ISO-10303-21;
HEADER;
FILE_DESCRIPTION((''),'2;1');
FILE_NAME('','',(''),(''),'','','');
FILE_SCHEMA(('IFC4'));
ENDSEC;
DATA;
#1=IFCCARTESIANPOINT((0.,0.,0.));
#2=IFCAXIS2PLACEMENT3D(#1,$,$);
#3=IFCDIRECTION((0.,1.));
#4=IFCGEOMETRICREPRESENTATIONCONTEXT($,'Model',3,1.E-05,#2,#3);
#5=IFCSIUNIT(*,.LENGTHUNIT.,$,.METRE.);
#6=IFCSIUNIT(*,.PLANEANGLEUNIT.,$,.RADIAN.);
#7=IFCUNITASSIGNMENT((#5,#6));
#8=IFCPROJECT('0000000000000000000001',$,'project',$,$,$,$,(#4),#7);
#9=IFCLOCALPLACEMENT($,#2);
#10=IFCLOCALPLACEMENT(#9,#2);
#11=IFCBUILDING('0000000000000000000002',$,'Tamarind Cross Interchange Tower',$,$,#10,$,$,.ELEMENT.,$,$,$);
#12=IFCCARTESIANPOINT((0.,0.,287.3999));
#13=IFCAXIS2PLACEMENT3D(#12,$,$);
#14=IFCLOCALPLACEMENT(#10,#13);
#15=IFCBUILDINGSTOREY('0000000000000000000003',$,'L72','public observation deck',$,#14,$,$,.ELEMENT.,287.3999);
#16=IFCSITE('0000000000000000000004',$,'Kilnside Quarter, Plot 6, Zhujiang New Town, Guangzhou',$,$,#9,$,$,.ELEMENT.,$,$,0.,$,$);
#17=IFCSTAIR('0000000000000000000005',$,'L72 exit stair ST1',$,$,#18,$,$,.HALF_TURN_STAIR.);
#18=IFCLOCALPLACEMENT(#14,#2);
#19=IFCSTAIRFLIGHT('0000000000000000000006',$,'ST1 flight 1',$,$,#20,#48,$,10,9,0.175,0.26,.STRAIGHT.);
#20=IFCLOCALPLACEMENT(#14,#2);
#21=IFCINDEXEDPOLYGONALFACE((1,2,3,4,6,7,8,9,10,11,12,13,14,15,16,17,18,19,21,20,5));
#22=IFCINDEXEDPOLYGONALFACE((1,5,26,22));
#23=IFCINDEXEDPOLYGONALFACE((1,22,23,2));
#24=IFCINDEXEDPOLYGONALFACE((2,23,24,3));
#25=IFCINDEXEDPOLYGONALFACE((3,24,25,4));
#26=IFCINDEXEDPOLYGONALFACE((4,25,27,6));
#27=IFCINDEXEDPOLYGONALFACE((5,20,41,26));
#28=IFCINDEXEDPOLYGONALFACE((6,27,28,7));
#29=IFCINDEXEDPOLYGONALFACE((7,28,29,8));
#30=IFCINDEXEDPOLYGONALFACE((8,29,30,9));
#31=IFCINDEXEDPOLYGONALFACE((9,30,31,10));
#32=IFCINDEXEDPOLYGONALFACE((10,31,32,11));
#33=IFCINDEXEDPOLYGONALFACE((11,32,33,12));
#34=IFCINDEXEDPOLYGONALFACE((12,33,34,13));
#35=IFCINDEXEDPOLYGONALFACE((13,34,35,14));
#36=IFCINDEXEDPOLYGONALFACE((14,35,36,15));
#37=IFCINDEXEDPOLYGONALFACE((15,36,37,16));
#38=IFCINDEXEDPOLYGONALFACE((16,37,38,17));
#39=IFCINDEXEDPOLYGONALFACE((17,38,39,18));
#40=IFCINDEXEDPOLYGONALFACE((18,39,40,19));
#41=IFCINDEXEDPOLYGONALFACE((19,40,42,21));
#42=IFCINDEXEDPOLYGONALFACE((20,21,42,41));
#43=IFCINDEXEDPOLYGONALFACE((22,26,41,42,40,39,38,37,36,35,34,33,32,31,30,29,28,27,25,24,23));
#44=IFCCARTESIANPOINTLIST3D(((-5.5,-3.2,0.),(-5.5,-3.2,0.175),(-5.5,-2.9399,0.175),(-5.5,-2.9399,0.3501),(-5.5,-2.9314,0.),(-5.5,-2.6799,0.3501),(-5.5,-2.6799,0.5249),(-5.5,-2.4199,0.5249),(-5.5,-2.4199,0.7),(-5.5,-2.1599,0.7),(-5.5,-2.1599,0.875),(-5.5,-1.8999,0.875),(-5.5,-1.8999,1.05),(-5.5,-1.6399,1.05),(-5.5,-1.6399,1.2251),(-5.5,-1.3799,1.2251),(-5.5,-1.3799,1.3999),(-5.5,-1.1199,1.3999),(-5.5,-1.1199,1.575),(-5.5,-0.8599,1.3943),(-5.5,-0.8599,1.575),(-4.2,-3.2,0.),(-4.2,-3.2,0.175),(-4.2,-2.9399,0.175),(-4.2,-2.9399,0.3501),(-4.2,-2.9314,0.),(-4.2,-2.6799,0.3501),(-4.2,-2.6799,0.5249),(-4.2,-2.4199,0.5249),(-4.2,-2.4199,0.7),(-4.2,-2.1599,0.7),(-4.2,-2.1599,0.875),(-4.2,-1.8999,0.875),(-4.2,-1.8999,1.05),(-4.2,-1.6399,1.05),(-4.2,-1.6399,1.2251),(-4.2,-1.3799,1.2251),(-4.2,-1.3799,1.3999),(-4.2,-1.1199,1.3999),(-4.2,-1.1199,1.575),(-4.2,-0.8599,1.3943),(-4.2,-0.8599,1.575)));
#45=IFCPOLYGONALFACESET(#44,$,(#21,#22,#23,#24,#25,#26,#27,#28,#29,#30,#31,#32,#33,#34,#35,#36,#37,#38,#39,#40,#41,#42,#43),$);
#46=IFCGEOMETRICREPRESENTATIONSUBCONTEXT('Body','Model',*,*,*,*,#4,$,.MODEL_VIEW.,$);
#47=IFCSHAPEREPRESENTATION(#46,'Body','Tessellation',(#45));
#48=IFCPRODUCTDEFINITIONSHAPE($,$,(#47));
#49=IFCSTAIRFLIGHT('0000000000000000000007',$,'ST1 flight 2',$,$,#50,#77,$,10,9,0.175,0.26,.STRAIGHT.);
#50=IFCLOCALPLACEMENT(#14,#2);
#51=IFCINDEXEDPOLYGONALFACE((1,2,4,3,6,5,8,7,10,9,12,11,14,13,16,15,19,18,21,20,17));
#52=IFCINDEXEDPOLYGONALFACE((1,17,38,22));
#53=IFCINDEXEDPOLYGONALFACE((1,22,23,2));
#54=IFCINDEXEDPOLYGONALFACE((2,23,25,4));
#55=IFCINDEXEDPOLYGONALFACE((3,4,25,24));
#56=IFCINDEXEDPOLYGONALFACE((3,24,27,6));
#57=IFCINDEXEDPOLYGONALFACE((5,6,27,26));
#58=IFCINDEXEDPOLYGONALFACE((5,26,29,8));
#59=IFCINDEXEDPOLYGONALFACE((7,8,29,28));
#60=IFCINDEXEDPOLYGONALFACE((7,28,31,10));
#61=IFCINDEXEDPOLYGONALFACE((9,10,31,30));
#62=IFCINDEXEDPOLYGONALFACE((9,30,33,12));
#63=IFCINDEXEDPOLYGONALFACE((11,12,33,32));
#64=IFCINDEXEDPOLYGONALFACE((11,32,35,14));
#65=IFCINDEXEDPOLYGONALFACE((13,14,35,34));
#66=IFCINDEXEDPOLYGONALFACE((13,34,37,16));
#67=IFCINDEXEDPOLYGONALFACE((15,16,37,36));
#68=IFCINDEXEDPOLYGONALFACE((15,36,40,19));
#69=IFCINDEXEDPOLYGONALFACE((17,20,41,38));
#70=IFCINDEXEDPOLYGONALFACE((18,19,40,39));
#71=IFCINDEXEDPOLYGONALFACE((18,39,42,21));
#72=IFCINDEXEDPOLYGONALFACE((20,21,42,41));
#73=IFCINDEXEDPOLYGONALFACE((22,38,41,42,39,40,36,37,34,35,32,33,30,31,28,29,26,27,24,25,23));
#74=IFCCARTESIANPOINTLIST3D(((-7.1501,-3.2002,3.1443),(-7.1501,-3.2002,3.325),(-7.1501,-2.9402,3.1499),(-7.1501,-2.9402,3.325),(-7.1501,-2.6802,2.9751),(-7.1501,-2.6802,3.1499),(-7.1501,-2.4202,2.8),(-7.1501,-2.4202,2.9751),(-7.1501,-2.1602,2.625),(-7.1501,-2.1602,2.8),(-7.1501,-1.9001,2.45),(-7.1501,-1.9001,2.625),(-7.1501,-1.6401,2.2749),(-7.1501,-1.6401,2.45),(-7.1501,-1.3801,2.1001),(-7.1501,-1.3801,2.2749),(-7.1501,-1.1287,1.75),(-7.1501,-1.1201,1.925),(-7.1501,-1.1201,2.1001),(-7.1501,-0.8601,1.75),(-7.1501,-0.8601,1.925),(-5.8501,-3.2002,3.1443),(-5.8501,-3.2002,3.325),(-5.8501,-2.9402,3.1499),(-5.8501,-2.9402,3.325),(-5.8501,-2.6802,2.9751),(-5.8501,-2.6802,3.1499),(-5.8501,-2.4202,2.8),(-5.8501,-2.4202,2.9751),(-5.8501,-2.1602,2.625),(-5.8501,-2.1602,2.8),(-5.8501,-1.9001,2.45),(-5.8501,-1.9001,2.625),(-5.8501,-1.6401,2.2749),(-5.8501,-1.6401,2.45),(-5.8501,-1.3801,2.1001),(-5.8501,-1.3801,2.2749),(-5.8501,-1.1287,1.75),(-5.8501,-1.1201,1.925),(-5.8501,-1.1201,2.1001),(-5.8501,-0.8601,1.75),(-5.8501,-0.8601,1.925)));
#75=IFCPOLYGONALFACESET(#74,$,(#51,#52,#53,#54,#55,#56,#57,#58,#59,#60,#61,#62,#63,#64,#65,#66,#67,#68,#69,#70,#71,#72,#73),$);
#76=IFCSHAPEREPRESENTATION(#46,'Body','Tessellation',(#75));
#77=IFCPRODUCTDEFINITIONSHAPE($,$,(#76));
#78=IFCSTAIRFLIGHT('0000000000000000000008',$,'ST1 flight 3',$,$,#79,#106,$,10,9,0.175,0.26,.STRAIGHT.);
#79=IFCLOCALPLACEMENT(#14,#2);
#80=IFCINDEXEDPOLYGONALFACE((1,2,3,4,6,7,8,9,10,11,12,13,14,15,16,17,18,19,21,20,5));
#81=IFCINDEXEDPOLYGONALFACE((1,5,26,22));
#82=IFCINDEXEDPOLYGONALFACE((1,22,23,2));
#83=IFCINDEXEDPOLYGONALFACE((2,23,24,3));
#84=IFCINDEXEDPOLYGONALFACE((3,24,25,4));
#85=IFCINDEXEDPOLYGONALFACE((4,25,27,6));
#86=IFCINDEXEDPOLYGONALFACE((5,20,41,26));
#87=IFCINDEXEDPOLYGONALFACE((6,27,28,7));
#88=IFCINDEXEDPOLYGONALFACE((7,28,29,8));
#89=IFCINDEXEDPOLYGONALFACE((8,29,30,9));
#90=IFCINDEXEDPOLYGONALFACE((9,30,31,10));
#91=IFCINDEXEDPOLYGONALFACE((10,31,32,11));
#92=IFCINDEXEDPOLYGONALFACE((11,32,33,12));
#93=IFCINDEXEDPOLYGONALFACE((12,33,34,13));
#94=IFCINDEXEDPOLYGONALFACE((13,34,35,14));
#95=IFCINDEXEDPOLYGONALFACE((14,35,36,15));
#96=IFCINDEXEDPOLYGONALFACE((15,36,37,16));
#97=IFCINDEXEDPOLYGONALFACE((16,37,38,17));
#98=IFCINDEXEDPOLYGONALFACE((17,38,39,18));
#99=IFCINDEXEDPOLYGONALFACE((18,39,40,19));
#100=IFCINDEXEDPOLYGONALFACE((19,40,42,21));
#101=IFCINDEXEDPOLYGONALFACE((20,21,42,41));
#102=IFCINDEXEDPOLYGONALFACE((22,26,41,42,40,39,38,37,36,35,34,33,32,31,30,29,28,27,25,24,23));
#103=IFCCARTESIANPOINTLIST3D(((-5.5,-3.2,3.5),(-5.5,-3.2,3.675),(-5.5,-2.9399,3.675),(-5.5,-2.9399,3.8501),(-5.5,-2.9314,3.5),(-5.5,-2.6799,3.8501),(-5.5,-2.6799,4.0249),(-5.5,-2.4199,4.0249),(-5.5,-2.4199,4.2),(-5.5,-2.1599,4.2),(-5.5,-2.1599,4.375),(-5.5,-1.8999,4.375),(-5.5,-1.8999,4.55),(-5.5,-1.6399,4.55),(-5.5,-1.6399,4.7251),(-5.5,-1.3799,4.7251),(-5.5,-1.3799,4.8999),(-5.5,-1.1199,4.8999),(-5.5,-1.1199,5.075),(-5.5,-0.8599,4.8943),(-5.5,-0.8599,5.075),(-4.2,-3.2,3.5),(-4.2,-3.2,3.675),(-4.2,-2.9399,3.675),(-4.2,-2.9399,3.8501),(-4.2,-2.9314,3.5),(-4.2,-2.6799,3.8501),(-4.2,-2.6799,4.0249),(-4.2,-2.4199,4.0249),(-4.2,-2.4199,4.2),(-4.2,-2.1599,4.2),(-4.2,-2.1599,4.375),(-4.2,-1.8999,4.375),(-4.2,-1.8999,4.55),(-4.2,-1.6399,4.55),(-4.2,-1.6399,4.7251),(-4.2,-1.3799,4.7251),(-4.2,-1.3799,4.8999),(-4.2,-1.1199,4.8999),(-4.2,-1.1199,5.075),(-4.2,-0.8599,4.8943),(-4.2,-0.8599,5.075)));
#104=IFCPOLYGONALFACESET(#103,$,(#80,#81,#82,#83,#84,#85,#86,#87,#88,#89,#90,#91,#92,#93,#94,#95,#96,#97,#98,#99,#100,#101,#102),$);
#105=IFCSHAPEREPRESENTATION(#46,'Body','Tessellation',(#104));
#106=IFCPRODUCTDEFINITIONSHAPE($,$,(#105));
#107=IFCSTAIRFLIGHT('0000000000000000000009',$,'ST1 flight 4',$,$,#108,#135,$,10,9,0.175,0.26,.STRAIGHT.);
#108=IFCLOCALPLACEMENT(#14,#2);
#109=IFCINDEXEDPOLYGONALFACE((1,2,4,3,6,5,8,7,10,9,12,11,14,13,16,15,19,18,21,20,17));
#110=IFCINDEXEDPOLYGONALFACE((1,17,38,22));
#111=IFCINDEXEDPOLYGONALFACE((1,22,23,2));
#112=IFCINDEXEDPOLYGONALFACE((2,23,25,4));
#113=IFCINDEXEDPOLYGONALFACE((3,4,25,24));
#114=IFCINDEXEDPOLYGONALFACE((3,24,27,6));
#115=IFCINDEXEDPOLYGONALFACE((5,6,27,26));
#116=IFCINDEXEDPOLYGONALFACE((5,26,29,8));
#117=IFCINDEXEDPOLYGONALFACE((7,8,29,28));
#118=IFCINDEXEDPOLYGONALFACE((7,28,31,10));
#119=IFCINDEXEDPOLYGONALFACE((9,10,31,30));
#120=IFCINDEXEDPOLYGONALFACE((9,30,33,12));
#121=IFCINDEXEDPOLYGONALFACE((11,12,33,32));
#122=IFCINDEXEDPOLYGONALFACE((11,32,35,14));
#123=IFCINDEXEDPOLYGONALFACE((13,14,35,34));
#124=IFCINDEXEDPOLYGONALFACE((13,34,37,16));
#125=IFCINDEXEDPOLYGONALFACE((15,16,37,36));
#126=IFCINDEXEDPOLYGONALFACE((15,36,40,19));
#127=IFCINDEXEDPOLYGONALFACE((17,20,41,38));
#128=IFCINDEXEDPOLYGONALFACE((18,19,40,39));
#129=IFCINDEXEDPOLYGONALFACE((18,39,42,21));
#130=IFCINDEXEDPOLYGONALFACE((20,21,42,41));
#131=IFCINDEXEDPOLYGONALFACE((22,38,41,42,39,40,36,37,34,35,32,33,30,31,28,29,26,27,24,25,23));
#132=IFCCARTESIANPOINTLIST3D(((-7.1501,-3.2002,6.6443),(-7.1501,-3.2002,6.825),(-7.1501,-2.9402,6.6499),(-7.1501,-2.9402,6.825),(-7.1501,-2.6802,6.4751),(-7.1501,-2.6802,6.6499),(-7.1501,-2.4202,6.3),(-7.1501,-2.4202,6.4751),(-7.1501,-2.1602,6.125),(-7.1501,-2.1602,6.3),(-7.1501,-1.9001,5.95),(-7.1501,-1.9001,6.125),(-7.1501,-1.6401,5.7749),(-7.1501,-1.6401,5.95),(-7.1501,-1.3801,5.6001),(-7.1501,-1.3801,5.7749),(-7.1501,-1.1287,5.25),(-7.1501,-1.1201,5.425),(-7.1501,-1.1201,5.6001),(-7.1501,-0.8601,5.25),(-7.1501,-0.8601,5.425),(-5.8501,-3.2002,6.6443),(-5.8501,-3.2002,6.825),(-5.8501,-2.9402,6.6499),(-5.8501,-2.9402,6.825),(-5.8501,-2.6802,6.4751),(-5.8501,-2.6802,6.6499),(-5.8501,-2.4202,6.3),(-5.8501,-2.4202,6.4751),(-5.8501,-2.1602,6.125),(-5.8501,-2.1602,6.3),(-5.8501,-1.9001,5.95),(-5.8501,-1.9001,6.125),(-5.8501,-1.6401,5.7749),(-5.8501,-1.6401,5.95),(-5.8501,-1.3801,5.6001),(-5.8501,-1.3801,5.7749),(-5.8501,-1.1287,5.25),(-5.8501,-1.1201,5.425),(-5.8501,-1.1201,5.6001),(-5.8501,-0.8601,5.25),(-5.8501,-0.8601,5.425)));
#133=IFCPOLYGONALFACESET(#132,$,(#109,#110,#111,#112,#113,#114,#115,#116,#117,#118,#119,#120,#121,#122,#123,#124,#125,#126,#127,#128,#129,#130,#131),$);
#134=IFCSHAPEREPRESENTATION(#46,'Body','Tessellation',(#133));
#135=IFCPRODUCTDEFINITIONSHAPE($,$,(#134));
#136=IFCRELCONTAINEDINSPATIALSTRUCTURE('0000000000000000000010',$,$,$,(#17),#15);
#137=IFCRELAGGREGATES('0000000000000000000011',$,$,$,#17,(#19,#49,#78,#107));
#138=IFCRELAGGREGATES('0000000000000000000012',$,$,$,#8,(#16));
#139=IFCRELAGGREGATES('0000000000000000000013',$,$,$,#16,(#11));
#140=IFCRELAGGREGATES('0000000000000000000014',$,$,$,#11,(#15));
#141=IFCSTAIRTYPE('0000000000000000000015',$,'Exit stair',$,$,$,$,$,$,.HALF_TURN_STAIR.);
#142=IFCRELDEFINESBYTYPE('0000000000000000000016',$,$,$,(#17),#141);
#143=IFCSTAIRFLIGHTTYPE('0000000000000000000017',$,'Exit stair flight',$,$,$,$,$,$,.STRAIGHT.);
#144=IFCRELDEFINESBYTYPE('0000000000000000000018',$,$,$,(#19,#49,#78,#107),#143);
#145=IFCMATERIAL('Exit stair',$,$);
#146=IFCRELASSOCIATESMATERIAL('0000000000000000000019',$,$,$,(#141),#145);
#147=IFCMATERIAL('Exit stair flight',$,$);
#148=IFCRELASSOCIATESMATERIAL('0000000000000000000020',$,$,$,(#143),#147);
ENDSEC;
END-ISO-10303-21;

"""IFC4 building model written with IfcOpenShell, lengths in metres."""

from ifc_helpers import new_model, si_unit, direction, frame, origin, place, context, subcontext, project, spatial, polyline, outline, extrude, material, type_object, element, aggregate, save


model = new_model("IFC4")

# Units and contexts
model_context = context("Model", 3, precision=1e-05, world=origin(), true_north=direction((0.0, 1.0)))
body_context = subcontext(model_context, "Body", "Model", "MODEL_VIEW")
ifc_project = project(units=[si_unit("LENGTHUNIT", "METRE"), si_unit("PLANEANGLEUNIT", "RADIAN")], contexts=[model_context])

# Site, building, storey
site_placement = place(None, origin())
site = spatial("IfcSite", under=ifc_project, at=site_placement, Name="Kilnside Quarter, Plot 6, Zhujiang New Town, Guangzhou", CompositionType="ELEMENT", RefElevation=0.0)
building_placement = place(site_placement, origin())
building = spatial("IfcBuilding", under=site, at=building_placement, Name="Tamarind Cross Interchange Tower", CompositionType="ELEMENT")
storey_placement = place(building_placement, frame((0.0, 0.0, 287.3999)))
storey = spatial("IfcBuildingStorey", under=building, at=storey_placement, Name="L72", Description="public observation deck", CompositionType="ELEMENT", Elevation=287.3999)

# Stair, stair flights
ifc_material_1 = material(Name="Exit stair")
stair_type = type_object("IfcStairType", Name="Exit stair", PredefinedType="HALF_TURN_STAIR", material=ifc_material_1)
stair_placement = place(storey_placement, origin())
stair = element("IfcStair", 1, at=stair_placement, inside=storey, type_object=stair_type, Name="L72 exit stair ST1", PredefinedType="HALF_TURN_STAIR")
ifc_material_2 = material(Name="Exit stair flight")
stair_flight_type = type_object("IfcStairFlightType", Name="Exit stair flight", PredefinedType="STRAIGHT", material=ifc_material_2)
stair_flight_1_placement = place(storey_placement, frame((-4.8501, -3.2, 0.0), z_axis=(0.0, 0.0, 1.0), x_axis=(0.0, 1.0, 0.0)))
stair_flight_1 = element("IfcStairFlight", 2, at=stair_flight_1_placement, type_object=stair_flight_type, Name="ST1 flight 1", NumberOfRisers=10, NumberOfTreads=9, PredefinedType="STRAIGHT", RiserHeight=0.175, TreadLength=0.26, context=body_context, shape_type="SweptSolid", body=[
    extrude(outline(polyline([(0.0, 0.0), (0.0, 0.175), (0.26, 0.175), (0.26, 0.3501), (0.52, 0.3501), (0.52, 0.5249), (0.78, 0.5249), (0.78, 0.7), (1.04, 0.7), (1.04, 0.875), (1.3, 0.875), (1.3, 1.05), (1.5601, 1.05), (1.5601, 1.2251), (1.8201, 1.2251), (1.8201, 1.3999), (2.0801, 1.3999), (2.0801, 1.575), (2.3401, 1.575), (2.3401, 1.75), (2.3401, 1.3943), (0.2686, 0.0), (0.0, 0.0)])), frame((0.0, 0.6499, 0.0), z_axis=(0.0, -1.0, 0.0), x_axis=(1.0, 0.0, 0.0)), (0.0, 0.0, 1.0), 1.3),
])
stair_flight_2_placement = place(storey_placement, frame((-6.5, -0.8601, 1.75), z_axis=(0.0, 0.0, 1.0), x_axis=(0.0, -1.0, 0.0)))
stair_flight_2 = element("IfcStairFlight", 3, at=stair_flight_2_placement, type_object=stair_flight_type, Name="ST1 flight 2", NumberOfRisers=10, NumberOfTreads=9, PredefinedType="STRAIGHT", RiserHeight=0.175, TreadLength=0.26, context=body_context, shape_type="SweptSolid", body=[
    extrude(outline(polyline([(0.0, 0.0), (0.0, 0.175), (0.26, 0.175), (0.26, 0.3501), (0.52, 0.3501), (0.52, 0.5249), (0.78, 0.5249), (0.78, 0.7), (1.04, 0.7), (1.04, 0.875), (1.3, 0.875), (1.3, 1.05), (1.5601, 1.05), (1.5601, 1.2251), (1.8201, 1.2251), (1.8201, 1.3999), (2.0801, 1.3999), (2.0801, 1.575), (2.3401, 1.575), (2.3401, 1.75), (2.3401, 1.3943), (0.2686, 0.0), (0.0, 0.0)])), frame((0.0, 0.6499, 0.0), z_axis=(0.0, -1.0, 0.0), x_axis=(1.0, 0.0, 0.0)), (0.0, 0.0, 1.0), 1.3),
])
stair_flight_3_placement = place(storey_placement, frame((-4.8501, -3.2, 3.5), z_axis=(0.0, 0.0, 1.0), x_axis=(0.0, 1.0, 0.0)))
stair_flight_3 = element("IfcStairFlight", 4, at=stair_flight_3_placement, type_object=stair_flight_type, Name="ST1 flight 3", NumberOfRisers=10, NumberOfTreads=9, PredefinedType="STRAIGHT", RiserHeight=0.175, TreadLength=0.26, context=body_context, shape_type="SweptSolid", body=[
    extrude(outline(polyline([(0.0, 0.0), (0.0, 0.175), (0.26, 0.175), (0.26, 0.3501), (0.52, 0.3501), (0.52, 0.5249), (0.78, 0.5249), (0.78, 0.7), (1.04, 0.7), (1.04, 0.875), (1.3, 0.875), (1.3, 1.05), (1.5601, 1.05), (1.5601, 1.2251), (1.8201, 1.2251), (1.8201, 1.3999), (2.0801, 1.3999), (2.0801, 1.575), (2.3401, 1.575), (2.3401, 1.75), (2.3401, 1.3943), (0.2686, 0.0), (0.0, 0.0)])), frame((0.0, 0.6499, 0.0), z_axis=(0.0, -1.0, 0.0), x_axis=(1.0, 0.0, 0.0)), (0.0, 0.0, 1.0), 1.3),
])
stair_flight_4_placement = place(storey_placement, frame((-6.5, -0.8601, 5.25), z_axis=(0.0, 0.0, 1.0), x_axis=(0.0, -1.0, 0.0)))
stair_flight_4 = element("IfcStairFlight", 5, at=stair_flight_4_placement, type_object=stair_flight_type, Name="ST1 flight 4", NumberOfRisers=10, NumberOfTreads=9, PredefinedType="STRAIGHT", RiserHeight=0.175, TreadLength=0.26, context=body_context, shape_type="SweptSolid", body=[
    extrude(outline(polyline([(0.0, 0.0), (0.0, 0.175), (0.26, 0.175), (0.26, 0.3501), (0.52, 0.3501), (0.52, 0.5249), (0.78, 0.5249), (0.78, 0.7), (1.04, 0.7), (1.04, 0.875), (1.3, 0.875), (1.3, 1.05), (1.5601, 1.05), (1.5601, 1.2251), (1.8201, 1.2251), (1.8201, 1.3999), (2.0801, 1.3999), (2.0801, 1.575), (2.3401, 1.575), (2.3401, 1.75), (2.3401, 1.3943), (0.2686, 0.0), (0.0, 0.0)])), frame((0.0, 0.6499, 0.0), z_axis=(0.0, -1.0, 0.0), x_axis=(1.0, 0.0, 0.0)), (0.0, 0.0, 1.0), 1.3),
])
aggregate(stair, [stair_flight_1, stair_flight_2, stair_flight_3, stair_flight_4])

save(model, "model.ifc")
